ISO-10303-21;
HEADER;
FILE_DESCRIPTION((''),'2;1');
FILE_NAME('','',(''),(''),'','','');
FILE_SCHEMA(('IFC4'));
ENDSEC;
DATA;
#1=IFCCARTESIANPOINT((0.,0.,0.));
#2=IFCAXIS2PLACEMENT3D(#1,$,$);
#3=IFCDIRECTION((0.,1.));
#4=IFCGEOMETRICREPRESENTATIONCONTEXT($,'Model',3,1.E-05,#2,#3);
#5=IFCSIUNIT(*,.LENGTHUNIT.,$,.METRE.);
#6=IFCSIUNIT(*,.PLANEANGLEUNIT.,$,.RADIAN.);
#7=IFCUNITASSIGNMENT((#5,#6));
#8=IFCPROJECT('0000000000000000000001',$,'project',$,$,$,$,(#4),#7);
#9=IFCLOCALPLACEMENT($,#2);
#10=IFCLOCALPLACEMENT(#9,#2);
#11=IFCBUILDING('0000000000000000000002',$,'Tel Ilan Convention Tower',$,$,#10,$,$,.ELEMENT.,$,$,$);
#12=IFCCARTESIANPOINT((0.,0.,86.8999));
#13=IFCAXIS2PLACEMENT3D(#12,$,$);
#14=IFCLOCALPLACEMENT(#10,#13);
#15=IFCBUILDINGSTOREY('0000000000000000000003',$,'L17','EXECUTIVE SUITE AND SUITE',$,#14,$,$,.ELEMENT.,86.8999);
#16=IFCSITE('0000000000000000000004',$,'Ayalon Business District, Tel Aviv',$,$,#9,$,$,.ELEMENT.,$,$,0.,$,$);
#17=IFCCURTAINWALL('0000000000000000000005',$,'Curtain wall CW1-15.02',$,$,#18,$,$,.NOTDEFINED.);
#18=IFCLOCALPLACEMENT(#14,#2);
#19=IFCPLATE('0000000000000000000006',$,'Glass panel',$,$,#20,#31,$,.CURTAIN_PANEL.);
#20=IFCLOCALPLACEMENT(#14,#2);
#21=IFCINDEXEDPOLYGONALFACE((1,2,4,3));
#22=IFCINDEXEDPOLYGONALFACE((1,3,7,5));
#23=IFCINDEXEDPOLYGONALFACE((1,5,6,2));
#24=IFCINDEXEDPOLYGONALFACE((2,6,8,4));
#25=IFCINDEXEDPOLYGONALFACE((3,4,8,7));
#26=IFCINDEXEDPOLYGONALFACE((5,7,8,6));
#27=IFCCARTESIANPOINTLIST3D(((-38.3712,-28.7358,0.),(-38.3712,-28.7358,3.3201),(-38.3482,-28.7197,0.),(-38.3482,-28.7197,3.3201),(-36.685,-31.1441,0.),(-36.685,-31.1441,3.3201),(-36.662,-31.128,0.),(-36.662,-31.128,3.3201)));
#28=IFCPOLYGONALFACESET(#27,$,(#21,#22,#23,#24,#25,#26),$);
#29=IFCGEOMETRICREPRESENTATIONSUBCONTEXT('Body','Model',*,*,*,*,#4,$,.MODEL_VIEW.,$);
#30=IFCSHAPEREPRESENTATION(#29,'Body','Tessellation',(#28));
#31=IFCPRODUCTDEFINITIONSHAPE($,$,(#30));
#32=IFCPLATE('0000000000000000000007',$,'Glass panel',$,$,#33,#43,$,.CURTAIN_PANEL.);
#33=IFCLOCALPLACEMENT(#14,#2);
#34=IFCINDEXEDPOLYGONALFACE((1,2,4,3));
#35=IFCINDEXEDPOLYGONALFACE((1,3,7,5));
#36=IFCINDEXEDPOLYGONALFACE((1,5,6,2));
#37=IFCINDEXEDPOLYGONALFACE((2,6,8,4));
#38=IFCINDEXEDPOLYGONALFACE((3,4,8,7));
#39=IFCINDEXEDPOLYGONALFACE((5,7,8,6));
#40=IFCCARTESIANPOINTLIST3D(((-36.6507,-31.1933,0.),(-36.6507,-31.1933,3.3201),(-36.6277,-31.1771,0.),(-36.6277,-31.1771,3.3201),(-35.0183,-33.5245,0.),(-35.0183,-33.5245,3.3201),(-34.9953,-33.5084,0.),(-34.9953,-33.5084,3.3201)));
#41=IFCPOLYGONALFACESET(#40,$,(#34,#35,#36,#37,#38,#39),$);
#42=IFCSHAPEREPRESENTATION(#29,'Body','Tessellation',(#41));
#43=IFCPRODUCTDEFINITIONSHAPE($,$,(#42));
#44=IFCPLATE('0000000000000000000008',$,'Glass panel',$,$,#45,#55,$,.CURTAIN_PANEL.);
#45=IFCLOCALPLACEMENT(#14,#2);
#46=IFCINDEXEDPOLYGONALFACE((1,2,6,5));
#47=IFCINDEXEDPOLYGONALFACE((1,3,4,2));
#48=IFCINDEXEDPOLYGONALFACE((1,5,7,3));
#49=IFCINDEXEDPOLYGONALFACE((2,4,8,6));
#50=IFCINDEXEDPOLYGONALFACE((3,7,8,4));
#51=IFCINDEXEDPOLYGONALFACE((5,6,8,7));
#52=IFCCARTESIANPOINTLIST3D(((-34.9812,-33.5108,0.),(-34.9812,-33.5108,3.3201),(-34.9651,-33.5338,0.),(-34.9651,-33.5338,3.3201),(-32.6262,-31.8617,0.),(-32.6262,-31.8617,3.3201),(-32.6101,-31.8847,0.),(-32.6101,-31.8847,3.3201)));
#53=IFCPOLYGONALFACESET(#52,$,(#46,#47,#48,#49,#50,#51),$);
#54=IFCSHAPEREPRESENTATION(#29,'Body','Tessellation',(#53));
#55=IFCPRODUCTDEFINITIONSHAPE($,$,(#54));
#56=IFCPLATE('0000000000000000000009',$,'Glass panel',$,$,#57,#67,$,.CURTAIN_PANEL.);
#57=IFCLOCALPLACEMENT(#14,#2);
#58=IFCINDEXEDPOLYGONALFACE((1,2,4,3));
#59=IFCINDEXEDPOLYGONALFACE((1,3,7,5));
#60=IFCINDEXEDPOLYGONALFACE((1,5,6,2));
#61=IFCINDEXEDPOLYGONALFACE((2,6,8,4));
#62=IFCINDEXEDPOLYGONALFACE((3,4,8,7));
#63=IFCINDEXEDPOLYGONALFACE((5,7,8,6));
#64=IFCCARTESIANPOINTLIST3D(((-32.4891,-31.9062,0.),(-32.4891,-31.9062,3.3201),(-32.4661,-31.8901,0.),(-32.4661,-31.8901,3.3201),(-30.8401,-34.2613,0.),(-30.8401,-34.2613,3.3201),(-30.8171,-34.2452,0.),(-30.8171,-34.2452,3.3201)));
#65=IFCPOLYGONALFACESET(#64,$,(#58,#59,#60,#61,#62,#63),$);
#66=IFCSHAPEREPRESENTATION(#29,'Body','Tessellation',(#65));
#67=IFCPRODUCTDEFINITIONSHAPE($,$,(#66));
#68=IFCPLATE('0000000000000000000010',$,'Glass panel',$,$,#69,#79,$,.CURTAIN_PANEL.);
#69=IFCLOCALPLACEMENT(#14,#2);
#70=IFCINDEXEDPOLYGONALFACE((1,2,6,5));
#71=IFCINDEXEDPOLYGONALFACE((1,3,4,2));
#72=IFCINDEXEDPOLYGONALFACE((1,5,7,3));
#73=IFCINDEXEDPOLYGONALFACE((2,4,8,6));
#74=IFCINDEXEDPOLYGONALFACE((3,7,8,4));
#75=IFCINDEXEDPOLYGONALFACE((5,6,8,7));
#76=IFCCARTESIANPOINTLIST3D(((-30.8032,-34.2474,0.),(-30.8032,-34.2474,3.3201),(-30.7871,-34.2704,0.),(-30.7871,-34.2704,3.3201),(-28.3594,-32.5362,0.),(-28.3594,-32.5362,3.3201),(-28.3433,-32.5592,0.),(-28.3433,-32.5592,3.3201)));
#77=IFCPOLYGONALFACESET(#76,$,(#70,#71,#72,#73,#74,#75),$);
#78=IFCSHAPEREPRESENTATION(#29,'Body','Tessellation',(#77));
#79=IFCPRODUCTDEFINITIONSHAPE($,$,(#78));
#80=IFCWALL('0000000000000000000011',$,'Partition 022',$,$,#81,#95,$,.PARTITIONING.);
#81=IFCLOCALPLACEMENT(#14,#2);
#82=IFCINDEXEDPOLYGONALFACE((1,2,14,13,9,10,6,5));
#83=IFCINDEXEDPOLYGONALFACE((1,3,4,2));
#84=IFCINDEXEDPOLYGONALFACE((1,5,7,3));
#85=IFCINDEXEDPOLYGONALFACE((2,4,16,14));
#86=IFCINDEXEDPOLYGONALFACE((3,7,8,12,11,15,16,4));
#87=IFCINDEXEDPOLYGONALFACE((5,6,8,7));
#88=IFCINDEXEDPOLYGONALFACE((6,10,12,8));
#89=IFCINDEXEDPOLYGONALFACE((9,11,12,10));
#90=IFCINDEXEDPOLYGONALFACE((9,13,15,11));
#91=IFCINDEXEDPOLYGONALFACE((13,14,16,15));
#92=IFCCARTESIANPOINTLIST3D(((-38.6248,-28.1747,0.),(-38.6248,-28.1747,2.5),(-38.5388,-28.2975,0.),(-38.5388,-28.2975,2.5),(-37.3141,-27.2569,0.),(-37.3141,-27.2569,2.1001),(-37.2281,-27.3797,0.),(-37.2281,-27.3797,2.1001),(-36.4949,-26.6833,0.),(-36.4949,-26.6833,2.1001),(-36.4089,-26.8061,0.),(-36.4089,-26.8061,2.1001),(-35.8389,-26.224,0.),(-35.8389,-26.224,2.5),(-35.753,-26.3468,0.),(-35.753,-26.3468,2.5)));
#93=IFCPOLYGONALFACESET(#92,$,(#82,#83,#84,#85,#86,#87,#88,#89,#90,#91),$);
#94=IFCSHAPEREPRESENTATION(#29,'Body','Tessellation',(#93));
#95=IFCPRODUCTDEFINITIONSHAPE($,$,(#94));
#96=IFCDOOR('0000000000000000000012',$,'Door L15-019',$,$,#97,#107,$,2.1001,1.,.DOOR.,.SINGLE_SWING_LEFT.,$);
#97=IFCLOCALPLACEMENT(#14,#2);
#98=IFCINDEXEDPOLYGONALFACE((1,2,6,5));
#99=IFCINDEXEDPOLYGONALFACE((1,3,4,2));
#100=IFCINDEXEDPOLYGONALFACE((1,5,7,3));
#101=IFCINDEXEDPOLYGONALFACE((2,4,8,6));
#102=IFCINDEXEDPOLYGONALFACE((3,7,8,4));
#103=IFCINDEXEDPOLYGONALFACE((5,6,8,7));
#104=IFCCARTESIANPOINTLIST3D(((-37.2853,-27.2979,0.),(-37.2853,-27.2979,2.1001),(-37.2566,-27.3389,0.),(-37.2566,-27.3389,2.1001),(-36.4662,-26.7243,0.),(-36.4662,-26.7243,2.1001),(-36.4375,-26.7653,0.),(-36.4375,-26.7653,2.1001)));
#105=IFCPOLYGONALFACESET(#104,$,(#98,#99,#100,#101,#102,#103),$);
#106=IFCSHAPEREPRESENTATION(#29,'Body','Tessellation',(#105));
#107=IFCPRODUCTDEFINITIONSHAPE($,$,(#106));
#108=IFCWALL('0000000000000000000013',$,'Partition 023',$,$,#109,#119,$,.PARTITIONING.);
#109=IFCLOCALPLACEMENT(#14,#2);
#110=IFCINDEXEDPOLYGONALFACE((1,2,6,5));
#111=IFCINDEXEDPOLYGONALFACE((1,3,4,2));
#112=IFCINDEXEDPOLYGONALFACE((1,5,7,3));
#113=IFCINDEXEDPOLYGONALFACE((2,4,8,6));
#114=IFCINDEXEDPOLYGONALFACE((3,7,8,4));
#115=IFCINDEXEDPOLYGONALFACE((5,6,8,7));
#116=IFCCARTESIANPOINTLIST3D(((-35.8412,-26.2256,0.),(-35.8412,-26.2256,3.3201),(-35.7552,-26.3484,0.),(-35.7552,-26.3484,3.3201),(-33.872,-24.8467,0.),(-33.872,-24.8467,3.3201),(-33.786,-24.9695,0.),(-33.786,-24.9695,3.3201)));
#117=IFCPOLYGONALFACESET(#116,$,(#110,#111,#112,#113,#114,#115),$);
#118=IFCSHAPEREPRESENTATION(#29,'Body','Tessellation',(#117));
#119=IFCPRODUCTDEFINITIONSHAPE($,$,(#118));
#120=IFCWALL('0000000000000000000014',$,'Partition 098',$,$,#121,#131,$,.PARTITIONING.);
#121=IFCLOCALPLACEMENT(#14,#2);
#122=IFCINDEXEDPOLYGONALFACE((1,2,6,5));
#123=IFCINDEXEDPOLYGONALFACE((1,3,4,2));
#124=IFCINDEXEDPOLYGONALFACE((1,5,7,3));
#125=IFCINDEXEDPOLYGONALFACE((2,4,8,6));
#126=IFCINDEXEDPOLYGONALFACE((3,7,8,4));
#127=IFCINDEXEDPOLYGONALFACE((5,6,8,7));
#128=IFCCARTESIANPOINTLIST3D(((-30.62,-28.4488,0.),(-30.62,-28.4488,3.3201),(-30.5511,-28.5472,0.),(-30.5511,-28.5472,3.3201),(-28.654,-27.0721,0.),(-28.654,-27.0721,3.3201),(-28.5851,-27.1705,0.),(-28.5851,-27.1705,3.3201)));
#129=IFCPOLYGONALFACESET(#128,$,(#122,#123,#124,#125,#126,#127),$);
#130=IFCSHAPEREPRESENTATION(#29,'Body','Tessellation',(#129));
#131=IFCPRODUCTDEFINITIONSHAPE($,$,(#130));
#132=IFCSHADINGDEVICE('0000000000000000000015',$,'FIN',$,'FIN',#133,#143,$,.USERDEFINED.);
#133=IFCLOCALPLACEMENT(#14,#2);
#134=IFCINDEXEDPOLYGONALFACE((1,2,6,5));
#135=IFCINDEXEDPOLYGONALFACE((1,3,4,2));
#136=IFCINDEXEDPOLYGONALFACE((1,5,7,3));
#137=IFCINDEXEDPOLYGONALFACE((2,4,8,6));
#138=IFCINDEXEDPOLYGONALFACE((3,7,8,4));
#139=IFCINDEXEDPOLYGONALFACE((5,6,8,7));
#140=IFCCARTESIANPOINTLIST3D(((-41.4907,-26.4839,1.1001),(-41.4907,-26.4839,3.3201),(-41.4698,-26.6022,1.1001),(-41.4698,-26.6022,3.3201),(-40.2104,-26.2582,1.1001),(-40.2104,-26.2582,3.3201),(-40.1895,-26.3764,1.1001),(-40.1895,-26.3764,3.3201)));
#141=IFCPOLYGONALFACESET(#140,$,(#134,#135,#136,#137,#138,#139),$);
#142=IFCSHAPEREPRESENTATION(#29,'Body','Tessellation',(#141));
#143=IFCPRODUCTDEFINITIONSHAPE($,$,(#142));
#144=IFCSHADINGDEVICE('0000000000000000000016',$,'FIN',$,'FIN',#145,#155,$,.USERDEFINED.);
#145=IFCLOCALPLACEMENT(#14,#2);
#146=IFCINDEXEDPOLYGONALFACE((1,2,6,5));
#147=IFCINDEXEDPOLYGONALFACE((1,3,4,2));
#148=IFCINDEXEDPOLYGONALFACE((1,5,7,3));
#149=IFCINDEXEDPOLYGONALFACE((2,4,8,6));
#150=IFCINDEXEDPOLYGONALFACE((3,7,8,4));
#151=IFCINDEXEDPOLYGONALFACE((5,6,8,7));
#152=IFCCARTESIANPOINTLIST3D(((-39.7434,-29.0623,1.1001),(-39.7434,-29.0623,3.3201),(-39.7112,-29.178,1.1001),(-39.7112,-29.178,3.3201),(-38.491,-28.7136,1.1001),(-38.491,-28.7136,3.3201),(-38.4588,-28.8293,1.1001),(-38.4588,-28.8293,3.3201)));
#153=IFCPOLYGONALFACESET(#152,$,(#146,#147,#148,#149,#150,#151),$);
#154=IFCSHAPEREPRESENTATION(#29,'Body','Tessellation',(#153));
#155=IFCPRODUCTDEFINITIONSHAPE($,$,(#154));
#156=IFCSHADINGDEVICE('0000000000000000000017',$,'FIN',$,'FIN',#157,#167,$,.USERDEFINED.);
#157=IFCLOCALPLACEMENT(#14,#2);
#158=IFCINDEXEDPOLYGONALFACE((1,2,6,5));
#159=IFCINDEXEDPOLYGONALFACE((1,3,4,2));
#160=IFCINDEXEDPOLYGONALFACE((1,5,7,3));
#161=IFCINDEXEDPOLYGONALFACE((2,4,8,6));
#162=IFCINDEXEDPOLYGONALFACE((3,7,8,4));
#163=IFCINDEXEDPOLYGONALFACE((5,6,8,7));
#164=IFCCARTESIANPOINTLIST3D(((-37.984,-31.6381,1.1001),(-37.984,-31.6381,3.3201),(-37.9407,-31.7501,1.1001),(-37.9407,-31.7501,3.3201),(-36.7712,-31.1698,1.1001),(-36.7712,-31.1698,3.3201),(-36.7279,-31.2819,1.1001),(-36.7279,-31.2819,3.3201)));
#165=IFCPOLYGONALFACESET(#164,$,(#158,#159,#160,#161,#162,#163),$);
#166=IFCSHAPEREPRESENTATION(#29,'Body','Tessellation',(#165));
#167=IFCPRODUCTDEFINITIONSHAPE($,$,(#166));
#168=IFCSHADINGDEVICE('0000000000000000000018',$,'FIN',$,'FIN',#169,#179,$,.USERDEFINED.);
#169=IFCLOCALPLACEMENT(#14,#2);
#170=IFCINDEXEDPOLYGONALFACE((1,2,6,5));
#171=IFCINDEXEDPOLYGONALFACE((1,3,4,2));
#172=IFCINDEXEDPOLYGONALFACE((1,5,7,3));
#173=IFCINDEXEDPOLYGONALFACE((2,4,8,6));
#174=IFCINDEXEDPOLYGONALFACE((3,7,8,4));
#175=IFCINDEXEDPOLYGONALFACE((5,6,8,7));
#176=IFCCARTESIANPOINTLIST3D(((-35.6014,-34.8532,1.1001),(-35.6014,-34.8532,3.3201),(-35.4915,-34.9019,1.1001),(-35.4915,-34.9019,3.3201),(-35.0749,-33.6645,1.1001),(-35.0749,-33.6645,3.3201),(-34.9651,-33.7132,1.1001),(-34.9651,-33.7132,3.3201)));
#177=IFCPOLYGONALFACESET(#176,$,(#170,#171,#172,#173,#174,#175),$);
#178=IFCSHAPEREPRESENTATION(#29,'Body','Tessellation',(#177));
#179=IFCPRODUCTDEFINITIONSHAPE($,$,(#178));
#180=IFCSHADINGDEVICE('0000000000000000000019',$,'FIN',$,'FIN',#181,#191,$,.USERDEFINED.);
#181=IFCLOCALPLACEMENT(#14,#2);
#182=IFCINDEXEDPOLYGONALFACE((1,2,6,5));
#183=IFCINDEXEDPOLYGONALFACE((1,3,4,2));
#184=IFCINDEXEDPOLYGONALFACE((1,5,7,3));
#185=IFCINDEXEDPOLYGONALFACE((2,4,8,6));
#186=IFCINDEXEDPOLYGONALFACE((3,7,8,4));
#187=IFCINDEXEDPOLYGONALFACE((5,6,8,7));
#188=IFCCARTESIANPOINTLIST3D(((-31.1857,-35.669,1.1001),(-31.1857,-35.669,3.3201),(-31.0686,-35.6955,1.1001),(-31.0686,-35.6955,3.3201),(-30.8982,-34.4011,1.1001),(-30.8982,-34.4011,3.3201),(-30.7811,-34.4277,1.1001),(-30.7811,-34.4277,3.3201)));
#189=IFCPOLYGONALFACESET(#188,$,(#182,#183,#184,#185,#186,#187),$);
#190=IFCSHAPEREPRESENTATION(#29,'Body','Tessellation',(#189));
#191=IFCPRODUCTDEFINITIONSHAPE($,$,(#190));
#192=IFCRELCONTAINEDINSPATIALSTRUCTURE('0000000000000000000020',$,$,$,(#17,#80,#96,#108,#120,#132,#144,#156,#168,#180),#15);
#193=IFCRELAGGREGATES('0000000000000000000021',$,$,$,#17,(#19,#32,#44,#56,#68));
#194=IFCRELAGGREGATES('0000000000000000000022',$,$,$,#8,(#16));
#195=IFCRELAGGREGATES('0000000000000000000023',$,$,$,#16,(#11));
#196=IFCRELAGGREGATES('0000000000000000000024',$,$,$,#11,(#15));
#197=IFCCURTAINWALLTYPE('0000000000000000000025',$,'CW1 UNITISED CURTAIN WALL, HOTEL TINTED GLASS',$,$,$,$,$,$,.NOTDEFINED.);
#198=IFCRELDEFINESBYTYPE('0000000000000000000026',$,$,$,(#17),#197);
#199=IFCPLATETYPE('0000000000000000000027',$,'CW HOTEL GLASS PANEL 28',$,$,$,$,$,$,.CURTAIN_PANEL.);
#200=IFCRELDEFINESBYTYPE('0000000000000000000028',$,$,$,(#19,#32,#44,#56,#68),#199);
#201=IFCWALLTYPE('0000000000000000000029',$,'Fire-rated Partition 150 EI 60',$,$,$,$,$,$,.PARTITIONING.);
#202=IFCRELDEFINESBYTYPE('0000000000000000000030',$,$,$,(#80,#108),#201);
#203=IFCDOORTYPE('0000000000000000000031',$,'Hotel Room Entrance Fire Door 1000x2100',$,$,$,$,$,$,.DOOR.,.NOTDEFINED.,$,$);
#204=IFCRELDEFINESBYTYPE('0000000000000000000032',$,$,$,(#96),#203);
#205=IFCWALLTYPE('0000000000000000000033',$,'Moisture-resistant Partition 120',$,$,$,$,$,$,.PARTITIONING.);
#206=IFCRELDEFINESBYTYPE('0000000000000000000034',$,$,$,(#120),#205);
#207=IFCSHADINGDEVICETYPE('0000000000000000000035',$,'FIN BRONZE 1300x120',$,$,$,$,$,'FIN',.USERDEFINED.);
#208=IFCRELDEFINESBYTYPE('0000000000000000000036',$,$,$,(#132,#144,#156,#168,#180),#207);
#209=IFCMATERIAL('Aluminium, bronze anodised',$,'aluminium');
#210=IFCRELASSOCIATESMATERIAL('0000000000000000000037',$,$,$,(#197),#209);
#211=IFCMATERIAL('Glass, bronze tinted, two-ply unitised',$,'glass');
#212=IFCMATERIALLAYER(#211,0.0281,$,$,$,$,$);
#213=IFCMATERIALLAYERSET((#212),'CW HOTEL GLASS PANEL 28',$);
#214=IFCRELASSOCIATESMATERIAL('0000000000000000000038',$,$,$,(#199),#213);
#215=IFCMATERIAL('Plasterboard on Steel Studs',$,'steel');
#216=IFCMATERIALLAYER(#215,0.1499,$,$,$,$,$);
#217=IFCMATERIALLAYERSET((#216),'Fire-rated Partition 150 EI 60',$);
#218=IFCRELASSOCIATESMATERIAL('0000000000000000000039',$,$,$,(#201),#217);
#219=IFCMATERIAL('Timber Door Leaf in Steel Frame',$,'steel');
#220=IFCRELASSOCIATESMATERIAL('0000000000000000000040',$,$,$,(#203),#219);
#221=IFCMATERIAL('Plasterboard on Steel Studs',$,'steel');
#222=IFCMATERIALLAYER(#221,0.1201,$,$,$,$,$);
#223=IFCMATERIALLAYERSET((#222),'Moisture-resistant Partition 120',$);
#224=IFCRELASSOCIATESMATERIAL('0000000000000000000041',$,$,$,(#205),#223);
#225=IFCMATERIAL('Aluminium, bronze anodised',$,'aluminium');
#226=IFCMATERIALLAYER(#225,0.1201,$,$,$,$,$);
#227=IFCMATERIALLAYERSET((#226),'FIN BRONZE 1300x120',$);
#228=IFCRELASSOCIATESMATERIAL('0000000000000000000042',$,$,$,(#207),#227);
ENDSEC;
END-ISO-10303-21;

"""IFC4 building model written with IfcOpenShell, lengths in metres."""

from ifc_helpers import new_model, si_unit, direction, frame, frame_2d, origin, origin_2d, place, context, subcontext, project, spatial, rectangle, extrude, material, layer, layer_set, type_object, element, fill, aggregate, save


model = new_model("IFC4")

# Units and contexts
model_context = context("Model", 3, precision=1e-05, world=origin(), true_north=direction((0.0, 1.0)))
body_context = subcontext(model_context, "Body", "Model", "MODEL_VIEW")
ifc_project = project(units=[si_unit("LENGTHUNIT", "METRE"), si_unit("PLANEANGLEUNIT", "RADIAN")], contexts=[model_context])

# Site, building, storey
site_placement = place(None, origin())
site = spatial("IfcSite", under=ifc_project, at=site_placement, Name="Ayalon Business District, Tel Aviv", CompositionType="ELEMENT", RefElevation=0.0)
building_placement = place(site_placement, origin())
building = spatial("IfcBuilding", under=site, at=building_placement, Name="Tel Ilan Convention Tower", CompositionType="ELEMENT")
storey_placement = place(building_placement, frame((0.0, 0.0, 86.8999)))
storey = spatial("IfcBuildingStorey", under=building, at=storey_placement, Name="L17", Description="EXECUTIVE SUITE AND SUITE", CompositionType="ELEMENT", Elevation=86.8999)

# Curtain wall, plates
ifc_material_1 = material(Name="Aluminium, bronze anodised", Category="aluminium")
curtain_wall_type = type_object("IfcCurtainWallType", Name="CW1 UNITISED CURTAIN WALL, HOTEL TINTED GLASS", PredefinedType="NOTDEFINED", material=ifc_material_1)
curtain_wall_placement = place(storey_placement, origin())
curtain_wall = element("IfcCurtainWall", 1, at=curtain_wall_placement, inside=storey, type_object=curtain_wall_type, Name="Curtain wall CW1-15.02", PredefinedType="NOTDEFINED")
ifc_material_2 = material(Name="Glass, bronze tinted, two-ply unitised", Category="glass")
ifc_layer_1 = layer(ifc_material_2, 0.0281)
ifc_layer_set_1 = layer_set([ifc_layer_1], Name="CW HOTEL GLASS PANEL 28")
plate_type = type_object("IfcPlateType", Name="CW HOTEL GLASS PANEL 28", PredefinedType="CURTAIN_PANEL", material=ifc_layer_set_1)
plate_1_placement = place(storey_placement, frame((-37.5166, -29.9319, 0.0), z_axis=(0.0, 0.0, 1.0), x_axis=(0.573576, -0.819152, 0.0)))
plate_1 = element("IfcPlate", 2, at=plate_1_placement, type_object=plate_type, Name="Glass panel", PredefinedType="CURTAIN_PANEL", context=body_context, shape_type="SweptSolid", body=[
    extrude(rectangle(XDim=2.9399, YDim=0.0281, at=origin_2d()), origin(), (0.0, 0.0, 1.0), 3.3201),
])
plate_2_placement = place(storey_placement, frame((-35.823, -32.3508, 0.0), z_axis=(0.0, 0.0, 1.0), x_axis=(0.573576, -0.819152, 0.0)))
plate_2 = element("IfcPlate", 3, at=plate_2_placement, type_object=plate_type, Name="Glass panel", PredefinedType="CURTAIN_PANEL", context=body_context, shape_type="SweptSolid", body=[
    extrude(rectangle(XDim=2.8459, YDim=0.0281, at=origin_2d()), origin(), (0.0, 0.0, 1.0), 3.3201),
])
plate_3_placement = place(storey_placement, frame((-33.7957, -32.6978, 0.0), z_axis=(0.0, 0.0, 1.0), x_axis=(0.819152, 0.573576, 0.0)))
plate_3 = element("IfcPlate", 4, at=plate_3_placement, type_object=plate_type, Name="Glass panel", PredefinedType="CURTAIN_PANEL", context=body_context, shape_type="SweptSolid", body=[
    extrude(rectangle(XDim=2.875, YDim=0.0281, at=origin_2d()), origin(), (0.0, 0.0, 1.0), 3.3201),
])
plate_4_placement = place(storey_placement, frame((-31.6531, -33.0757, 0.0), z_axis=(0.0, 0.0, 1.0), x_axis=(0.573576, -0.819152, 0.0)))
plate_4 = element("IfcPlate", 5, at=plate_4_placement, type_object=plate_type, Name="Glass panel", PredefinedType="CURTAIN_PANEL", context=body_context, shape_type="SweptSolid", body=[
    extrude(rectangle(XDim=2.875, YDim=0.0281, at=origin_2d()), origin(), (0.0, 0.0, 1.0), 3.3201),
])
plate_5_placement = place(storey_placement, frame((-29.5732, -33.4033, 0.0), z_axis=(0.0, 0.0, 1.0), x_axis=(0.819152, 0.573576, 0.0)))
plate_5 = element("IfcPlate", 6, at=plate_5_placement, type_object=plate_type, Name="Glass panel", PredefinedType="CURTAIN_PANEL", context=body_context, shape_type="SweptSolid", body=[
    extrude(rectangle(XDim=2.9834, YDim=0.0281, at=origin_2d()), origin(), (0.0, 0.0, 1.0), 3.3201),
])
aggregate(curtain_wall, [plate_1, plate_2, plate_3, plate_4, plate_5])

# Wall, opening, door
ifc_material_3 = material(Name="Plasterboard on Steel Studs", Category="steel")
ifc_layer_2 = layer(ifc_material_3, 0.1499)
ifc_layer_set_2 = layer_set([ifc_layer_2], Name="Fire-rated Partition 150 EI 60")
wall_type_1 = type_object("IfcWallType", Name="Fire-rated Partition 150 EI 60", PredefinedType="PARTITIONING", material=ifc_layer_set_2)
wall_1_placement = place(storey_placement, frame((-38.5818, -28.2361, 0.0), z_axis=(0.0, 0.0, 1.0), x_axis=(0.819154, 0.573573, 0.0)))
wall_1 = element("IfcWall", 7, at=wall_1_placement, inside=storey, type_object=wall_type_1, Name="Partition 022", PredefinedType="PARTITIONING", context=body_context, shape_type="SweptSolid", body=[
    extrude(rectangle(XDim=3.4009, YDim=0.1499, at=frame_2d((1.7004, 0.0))), origin(), (0.0, 0.0, 1.0), 2.5),
])
opening_placement = place(wall_1_placement, frame((1.6001, 0.0, 0.0)))
opening = element("IfcOpeningElement", 8, at=opening_placement, cuts=wall_1, PredefinedType="OPENING", context=body_context, shape_type="SweptSolid", body=[
    extrude(rectangle(XDim=1.0, YDim=2.1001, at=frame_2d((0.5, 1.05))), frame((0.0, 0.085, 0.0), z_axis=(0.0, -1.0, 0.0), x_axis=(1.0, 0.0, 0.0)), (0.0, 0.0, 1.0), 0.1699),
])
ifc_material_4 = material(Name="Timber Door Leaf in Steel Frame", Category="steel")
door_type = type_object("IfcDoorType", Name="Hotel Room Entrance Fire Door 1000x2100", OperationType="NOTDEFINED", PredefinedType="DOOR", material=ifc_material_4)
door_placement = place(opening_placement, origin())
door = element("IfcDoor", 9, at=door_placement, inside=storey, type_object=door_type, Name="Door L15-019", OperationType="SINGLE_SWING_LEFT", OverallHeight=2.1001, OverallWidth=1.0, PredefinedType="DOOR", context=body_context, shape_type="SweptSolid", body=[
    extrude(rectangle(XDim=1.0, YDim=2.1001, at=frame_2d((0.5, 1.05))), frame((0.0, 0.0249, 0.0), z_axis=(0.0, -1.0, 0.0), x_axis=(1.0, 0.0, 0.0)), (0.0, 0.0, 1.0), 0.05),
])
fill(opening, door)

# Walls
wall_2_placement = place(storey_placement, frame((-35.7983, -26.2871, 0.0), z_axis=(0.0, 0.0, 1.0), x_axis=(0.819146, 0.573585, 0.0)))
element("IfcWall", 10, at=wall_2_placement, inside=storey, type_object=wall_type_1, Name="Partition 023", PredefinedType="PARTITIONING", context=body_context, shape_type="SweptSolid", body=[
    extrude(rectangle(XDim=2.4041, YDim=0.1499, at=frame_2d((1.2021, 0.0))), origin(), (0.0, 0.0, 1.0), 3.3201),
])
ifc_material_5 = material(Name="Plasterboard on Steel Studs", Category="steel")
ifc_layer_3 = layer(ifc_material_5, 0.1201)
ifc_layer_set_3 = layer_set([ifc_layer_3], Name="Moisture-resistant Partition 120")
wall_type_2 = type_object("IfcWallType", Name="Moisture-resistant Partition 120", PredefinedType="PARTITIONING", material=ifc_layer_set_3)
wall_3_placement = place(storey_placement, frame((-30.5857, -28.498, 0.0), z_axis=(0.0, 0.0, 1.0), x_axis=(0.819141, 0.573592, 0.0)))
element("IfcWall", 11, at=wall_3_placement, inside=storey, type_object=wall_type_2, Name="Partition 098", PredefinedType="PARTITIONING", context=body_context, shape_type="SweptSolid", body=[
    extrude(rectangle(XDim=2.4001, YDim=0.1201, at=frame_2d((1.2002, 0.0))), origin(), (0.0, 0.0, 1.0), 3.3201),
])

# Shading devices
ifc_material_6 = material(Name="Aluminium, bronze anodised", Category="aluminium")
ifc_layer_4 = layer(ifc_material_6, 0.1201)
ifc_layer_set_4 = layer_set([ifc_layer_4], Name="FIN BRONZE 1300x120")
shading_device_type = type_object("IfcShadingDeviceType", Name="FIN BRONZE 1300x120", ElementType="FIN", PredefinedType="USERDEFINED", material=ifc_layer_set_4)
for number, where, z_axis, x_axis, name in (
    (12, (-40.8401, -26.4302, 1.1001), (0.0, 0.0, 1.0), (-0.984808, -0.173648, 0.0), "FIN"),
    (13, (-39.1011, -28.9458, 1.1001), (0.0, 0.0, 1.0), (-0.963371, -0.268173, 0.0), "FIN"),
    (14, (-37.356, -31.46, 1.1001), (0.0, 0.0, 1.0), (-0.932884, -0.360178, 0.0), "FIN"),
    (15, (-35.2832, -34.2832, 1.1001), (0.0, 0.0, 1.0), (-0.404964, -0.914333, 0.0), "FIN"),
    (16, (-30.9834, -35.0483, 1.1001), (0.0, 0.0, 1.0), (-0.22117, -0.975235, 0.0), "FIN"),
):
    element("IfcShadingDevice", number, at=place(storey_placement, frame(where, z_axis=z_axis, x_axis=x_axis)), inside=storey, type_object=shading_device_type, Name=name, ObjectType="FIN", PredefinedType="USERDEFINED", context=body_context, shape_type="SweptSolid", body=[
        extrude(rectangle(XDim=1.3, YDim=0.1201, at=origin_2d()), origin(), (0.0, 0.0, 1.0), 2.22),
    ])

save(model, "model.ifc")
